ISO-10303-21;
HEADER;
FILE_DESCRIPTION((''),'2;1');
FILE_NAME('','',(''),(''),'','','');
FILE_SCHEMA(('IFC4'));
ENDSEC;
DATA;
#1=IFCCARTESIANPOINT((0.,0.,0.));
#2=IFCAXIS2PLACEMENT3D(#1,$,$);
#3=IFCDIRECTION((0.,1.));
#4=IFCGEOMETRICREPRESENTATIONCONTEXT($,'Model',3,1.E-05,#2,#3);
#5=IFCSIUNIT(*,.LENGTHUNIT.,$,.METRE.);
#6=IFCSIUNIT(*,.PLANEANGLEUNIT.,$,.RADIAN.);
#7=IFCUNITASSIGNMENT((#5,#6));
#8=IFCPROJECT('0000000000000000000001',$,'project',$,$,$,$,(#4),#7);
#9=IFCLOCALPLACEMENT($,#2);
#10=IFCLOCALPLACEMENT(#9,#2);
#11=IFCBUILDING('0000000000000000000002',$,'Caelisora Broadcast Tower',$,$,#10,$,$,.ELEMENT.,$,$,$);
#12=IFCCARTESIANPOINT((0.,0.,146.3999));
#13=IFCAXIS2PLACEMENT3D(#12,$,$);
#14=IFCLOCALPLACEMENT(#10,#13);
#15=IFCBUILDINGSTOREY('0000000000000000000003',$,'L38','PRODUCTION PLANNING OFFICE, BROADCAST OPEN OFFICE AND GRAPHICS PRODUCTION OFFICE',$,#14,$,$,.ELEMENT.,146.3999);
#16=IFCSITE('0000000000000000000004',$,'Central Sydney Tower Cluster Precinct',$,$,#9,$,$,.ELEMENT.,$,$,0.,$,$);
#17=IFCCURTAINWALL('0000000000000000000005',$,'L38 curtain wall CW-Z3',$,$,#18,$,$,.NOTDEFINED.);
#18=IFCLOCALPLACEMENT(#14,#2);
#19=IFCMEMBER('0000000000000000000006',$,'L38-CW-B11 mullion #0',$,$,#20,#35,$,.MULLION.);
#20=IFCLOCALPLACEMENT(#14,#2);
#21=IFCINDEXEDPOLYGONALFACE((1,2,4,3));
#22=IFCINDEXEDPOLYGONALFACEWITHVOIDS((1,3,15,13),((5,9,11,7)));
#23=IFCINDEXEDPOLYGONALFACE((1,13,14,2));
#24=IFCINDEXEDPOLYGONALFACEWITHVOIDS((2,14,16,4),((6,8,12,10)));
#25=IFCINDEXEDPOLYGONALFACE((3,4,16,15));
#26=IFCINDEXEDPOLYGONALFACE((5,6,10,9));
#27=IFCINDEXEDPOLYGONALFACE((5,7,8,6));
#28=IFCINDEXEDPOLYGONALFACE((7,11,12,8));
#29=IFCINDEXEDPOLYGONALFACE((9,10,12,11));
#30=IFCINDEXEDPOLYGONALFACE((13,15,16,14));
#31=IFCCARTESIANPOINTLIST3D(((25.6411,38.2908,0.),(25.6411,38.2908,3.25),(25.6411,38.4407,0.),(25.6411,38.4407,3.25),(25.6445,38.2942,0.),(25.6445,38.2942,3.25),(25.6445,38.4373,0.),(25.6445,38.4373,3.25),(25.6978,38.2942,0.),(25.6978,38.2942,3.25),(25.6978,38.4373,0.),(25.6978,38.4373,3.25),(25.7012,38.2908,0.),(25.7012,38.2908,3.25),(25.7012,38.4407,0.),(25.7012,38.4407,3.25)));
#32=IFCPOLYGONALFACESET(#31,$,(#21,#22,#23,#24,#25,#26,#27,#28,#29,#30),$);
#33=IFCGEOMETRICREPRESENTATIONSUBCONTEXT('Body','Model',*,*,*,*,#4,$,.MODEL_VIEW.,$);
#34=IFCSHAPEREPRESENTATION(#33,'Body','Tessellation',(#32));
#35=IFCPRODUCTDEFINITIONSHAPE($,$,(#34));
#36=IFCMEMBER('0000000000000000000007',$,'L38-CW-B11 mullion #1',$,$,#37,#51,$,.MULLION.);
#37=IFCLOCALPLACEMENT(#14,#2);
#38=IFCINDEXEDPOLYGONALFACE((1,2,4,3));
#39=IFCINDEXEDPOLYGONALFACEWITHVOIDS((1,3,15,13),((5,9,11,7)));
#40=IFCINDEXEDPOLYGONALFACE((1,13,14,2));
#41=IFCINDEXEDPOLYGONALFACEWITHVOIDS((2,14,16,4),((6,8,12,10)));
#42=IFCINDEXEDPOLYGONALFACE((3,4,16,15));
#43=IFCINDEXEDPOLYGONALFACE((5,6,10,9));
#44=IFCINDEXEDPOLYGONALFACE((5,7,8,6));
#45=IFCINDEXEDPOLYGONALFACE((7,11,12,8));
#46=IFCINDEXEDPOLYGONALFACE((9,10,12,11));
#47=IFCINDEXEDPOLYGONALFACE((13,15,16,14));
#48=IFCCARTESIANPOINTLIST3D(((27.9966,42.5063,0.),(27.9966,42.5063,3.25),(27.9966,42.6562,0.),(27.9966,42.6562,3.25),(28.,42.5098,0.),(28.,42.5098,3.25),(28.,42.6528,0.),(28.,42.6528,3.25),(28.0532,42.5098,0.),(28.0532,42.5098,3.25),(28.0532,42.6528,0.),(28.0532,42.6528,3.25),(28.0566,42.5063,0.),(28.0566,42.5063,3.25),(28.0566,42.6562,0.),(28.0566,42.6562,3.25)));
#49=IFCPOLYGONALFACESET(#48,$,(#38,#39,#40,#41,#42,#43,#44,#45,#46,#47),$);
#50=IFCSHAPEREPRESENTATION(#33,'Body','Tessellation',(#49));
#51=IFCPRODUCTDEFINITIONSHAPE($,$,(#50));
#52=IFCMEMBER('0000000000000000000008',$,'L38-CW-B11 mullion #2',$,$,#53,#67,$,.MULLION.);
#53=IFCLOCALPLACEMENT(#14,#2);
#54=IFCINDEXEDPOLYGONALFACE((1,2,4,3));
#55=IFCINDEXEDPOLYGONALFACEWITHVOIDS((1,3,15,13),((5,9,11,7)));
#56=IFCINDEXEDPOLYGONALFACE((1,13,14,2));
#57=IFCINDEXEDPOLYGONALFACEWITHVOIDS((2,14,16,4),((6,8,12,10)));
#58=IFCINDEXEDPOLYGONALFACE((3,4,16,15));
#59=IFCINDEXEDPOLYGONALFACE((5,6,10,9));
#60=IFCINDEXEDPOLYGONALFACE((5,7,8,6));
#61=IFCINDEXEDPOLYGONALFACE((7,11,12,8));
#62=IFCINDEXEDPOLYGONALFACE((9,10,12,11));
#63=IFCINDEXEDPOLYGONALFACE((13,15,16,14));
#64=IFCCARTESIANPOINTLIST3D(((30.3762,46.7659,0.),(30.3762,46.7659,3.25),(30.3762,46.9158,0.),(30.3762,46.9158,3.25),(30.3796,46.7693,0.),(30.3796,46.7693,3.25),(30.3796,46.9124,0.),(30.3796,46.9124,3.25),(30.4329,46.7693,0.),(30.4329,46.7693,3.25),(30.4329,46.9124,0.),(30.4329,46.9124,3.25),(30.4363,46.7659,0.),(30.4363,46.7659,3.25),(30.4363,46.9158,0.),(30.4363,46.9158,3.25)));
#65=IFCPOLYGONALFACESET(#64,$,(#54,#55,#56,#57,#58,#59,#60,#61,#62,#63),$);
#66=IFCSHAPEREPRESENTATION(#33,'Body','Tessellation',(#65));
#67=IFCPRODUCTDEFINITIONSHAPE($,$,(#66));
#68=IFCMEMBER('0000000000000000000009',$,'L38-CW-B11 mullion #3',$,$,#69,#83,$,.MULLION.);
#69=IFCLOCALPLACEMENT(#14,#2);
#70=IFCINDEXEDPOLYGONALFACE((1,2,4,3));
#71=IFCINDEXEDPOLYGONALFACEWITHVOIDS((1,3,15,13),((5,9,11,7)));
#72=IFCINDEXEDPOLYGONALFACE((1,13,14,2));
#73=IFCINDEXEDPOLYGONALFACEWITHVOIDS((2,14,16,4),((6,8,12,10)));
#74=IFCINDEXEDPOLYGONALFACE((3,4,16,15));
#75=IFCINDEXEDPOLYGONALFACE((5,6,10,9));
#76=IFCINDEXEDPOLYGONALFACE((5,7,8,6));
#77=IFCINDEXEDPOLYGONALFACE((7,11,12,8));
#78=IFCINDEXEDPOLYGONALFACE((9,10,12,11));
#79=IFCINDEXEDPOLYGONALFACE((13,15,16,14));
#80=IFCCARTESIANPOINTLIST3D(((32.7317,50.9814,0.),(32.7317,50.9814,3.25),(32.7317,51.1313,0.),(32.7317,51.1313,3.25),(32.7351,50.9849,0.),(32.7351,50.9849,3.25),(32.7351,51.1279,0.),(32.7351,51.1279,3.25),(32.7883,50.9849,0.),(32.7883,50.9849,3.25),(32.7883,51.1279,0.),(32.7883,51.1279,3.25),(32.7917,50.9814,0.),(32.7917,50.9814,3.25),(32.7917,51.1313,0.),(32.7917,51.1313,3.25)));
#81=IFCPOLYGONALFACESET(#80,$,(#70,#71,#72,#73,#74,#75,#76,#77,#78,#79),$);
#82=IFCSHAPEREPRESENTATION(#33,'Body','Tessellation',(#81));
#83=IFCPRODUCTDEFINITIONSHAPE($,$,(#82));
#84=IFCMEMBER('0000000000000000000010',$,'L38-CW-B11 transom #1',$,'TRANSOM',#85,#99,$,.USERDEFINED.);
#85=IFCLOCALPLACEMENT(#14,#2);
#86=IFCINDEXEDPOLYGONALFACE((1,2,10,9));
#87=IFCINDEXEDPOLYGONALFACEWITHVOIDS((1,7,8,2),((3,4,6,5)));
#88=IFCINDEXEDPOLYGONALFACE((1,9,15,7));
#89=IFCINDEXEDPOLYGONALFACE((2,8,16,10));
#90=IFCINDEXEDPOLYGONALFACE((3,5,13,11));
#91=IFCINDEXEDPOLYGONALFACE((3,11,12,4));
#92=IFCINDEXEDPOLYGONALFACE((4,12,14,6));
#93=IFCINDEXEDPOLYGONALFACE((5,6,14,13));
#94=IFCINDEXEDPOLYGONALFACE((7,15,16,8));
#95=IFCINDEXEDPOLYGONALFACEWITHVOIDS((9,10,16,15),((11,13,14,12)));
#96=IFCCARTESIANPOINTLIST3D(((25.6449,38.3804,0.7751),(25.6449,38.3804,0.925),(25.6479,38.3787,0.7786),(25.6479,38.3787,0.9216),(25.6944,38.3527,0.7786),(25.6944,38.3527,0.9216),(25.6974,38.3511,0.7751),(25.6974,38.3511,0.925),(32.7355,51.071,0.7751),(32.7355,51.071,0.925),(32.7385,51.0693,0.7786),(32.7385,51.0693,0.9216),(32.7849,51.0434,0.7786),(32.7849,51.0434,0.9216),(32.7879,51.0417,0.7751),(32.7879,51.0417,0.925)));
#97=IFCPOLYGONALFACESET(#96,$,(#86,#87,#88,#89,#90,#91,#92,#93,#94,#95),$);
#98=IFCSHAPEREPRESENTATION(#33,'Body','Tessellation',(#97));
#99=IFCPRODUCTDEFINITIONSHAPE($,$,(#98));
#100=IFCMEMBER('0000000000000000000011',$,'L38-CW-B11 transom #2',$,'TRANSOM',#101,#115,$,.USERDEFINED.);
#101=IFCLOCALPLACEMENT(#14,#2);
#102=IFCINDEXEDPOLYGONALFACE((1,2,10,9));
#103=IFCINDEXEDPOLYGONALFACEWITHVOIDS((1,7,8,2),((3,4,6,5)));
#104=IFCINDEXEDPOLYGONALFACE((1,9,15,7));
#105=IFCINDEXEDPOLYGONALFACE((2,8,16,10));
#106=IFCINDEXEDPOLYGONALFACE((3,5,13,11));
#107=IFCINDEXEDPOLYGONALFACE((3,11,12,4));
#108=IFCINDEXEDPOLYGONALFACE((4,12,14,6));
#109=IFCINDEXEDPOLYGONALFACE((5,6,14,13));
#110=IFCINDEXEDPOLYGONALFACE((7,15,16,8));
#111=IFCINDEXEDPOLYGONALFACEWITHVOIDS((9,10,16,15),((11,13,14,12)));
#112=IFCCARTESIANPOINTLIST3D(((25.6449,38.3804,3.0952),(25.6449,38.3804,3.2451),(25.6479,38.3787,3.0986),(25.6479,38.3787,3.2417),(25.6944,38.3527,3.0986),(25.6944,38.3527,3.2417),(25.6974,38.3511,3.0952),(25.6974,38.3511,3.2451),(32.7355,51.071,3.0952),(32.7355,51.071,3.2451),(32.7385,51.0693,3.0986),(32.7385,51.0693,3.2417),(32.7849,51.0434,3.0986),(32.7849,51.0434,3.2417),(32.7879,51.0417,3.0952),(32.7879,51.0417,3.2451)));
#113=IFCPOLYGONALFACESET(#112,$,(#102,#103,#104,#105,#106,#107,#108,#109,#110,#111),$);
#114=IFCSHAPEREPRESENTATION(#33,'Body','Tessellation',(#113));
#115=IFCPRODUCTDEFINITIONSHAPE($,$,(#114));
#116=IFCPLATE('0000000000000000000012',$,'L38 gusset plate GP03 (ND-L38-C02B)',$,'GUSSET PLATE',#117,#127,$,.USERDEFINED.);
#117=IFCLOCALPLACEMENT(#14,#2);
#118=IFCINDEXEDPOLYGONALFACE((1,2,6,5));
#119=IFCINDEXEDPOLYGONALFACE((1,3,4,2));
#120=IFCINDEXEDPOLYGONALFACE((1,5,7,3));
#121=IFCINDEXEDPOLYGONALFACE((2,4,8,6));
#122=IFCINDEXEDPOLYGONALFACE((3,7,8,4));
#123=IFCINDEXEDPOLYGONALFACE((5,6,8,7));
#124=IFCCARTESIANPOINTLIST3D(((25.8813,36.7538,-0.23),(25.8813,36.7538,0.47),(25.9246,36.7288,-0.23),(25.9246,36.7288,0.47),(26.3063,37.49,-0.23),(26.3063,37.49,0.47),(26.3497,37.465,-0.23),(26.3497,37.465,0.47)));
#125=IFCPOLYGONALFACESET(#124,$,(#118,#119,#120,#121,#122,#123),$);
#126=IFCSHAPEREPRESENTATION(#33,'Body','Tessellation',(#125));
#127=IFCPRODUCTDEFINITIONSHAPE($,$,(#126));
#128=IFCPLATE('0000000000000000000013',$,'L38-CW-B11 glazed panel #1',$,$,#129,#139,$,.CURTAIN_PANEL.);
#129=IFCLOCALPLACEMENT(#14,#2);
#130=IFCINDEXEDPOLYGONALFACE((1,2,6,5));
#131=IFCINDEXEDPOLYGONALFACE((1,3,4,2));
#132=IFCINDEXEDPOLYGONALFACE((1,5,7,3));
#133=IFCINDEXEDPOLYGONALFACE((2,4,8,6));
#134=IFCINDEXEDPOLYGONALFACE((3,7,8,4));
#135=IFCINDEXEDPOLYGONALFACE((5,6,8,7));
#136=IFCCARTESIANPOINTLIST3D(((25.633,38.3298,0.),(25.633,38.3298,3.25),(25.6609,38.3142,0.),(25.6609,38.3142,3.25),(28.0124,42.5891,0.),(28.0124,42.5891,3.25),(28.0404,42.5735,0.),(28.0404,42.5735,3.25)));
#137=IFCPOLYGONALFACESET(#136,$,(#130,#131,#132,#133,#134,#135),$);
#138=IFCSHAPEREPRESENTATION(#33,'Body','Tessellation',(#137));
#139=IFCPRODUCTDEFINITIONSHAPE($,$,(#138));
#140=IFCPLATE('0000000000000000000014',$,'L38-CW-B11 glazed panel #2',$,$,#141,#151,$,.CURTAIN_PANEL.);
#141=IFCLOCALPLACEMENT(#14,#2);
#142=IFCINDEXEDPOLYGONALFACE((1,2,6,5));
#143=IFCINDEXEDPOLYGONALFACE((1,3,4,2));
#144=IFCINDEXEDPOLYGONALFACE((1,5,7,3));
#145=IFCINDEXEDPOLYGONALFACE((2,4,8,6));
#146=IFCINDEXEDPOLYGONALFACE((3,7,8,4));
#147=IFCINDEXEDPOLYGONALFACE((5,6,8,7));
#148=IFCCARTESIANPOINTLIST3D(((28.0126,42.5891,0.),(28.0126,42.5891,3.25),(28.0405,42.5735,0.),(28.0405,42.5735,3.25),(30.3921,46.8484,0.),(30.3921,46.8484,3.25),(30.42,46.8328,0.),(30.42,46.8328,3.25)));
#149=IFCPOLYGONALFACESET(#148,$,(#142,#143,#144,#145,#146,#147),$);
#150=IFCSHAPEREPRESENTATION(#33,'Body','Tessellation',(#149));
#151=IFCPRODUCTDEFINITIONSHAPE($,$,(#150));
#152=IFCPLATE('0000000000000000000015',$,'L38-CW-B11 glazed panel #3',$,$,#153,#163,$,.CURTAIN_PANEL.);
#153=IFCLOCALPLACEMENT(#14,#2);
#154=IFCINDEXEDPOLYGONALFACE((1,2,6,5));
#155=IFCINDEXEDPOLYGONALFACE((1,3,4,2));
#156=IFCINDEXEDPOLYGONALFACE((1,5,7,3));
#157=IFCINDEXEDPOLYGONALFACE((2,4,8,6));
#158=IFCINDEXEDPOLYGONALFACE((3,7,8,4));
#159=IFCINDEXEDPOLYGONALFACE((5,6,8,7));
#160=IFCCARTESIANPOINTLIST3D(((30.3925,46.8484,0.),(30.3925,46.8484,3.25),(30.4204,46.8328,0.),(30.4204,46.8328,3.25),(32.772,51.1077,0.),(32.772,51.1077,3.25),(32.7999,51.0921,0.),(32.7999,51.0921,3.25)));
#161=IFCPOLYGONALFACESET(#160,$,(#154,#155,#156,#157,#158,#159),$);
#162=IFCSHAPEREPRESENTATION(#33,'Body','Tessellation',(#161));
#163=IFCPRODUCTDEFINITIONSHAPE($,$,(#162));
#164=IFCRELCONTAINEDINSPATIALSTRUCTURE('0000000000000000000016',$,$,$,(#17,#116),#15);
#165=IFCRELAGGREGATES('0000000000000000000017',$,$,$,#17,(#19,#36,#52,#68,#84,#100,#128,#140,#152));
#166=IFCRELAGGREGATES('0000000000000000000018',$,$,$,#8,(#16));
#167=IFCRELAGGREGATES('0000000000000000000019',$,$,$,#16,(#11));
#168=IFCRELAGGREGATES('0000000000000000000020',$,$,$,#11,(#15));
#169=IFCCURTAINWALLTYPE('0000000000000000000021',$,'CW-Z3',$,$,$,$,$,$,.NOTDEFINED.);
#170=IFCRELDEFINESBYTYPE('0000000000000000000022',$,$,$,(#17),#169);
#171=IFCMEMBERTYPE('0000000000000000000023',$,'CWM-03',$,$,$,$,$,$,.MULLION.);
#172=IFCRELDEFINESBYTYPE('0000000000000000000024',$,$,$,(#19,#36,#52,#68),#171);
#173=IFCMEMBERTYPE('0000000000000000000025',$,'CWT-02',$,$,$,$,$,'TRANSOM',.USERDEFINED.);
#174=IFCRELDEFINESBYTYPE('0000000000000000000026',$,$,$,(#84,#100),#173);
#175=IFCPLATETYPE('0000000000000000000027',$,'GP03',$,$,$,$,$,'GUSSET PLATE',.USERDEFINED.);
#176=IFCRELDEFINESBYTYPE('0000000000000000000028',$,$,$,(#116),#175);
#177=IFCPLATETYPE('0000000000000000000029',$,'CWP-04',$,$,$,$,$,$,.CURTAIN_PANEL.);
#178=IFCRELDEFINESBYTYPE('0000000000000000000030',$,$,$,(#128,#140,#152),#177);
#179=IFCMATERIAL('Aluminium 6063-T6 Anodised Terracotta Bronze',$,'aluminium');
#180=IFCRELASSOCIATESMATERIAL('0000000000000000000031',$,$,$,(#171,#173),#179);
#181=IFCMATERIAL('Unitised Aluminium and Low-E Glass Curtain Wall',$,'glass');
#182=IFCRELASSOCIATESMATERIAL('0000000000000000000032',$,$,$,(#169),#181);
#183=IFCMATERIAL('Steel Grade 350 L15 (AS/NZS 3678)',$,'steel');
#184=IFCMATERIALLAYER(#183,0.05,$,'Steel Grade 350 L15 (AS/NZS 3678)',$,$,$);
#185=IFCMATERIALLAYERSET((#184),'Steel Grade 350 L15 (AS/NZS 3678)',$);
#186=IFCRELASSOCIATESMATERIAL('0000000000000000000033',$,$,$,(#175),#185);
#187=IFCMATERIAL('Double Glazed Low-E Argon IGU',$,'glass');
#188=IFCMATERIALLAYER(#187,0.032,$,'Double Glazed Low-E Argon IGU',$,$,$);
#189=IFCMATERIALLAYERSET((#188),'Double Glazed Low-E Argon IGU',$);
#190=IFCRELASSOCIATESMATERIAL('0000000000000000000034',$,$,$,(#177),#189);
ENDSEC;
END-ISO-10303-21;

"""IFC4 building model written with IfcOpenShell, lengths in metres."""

from ifc_helpers import new_model, si_unit, direction, frame, origin, origin_2d, place, context, subcontext, project, spatial, rectangle, hollow_rectangle, extrude, source, transform, mapped, material, layer, layer_set, material_profile, profile_set, type_object, type_shapes, element, aggregate, save


model = new_model("IFC4")

# Units and contexts
model_context = context("Model", 3, precision=1e-05, world=origin(), true_north=direction((0.0, 1.0)))
body_context = subcontext(model_context, "Body", "Model", "MODEL_VIEW")
ifc_project = project(units=[si_unit("LENGTHUNIT", "METRE"), si_unit("PLANEANGLEUNIT", "RADIAN")], contexts=[model_context])

# Site, building, storey
site_placement = place(None, origin())
site = spatial("IfcSite", under=ifc_project, at=site_placement, Name="Central Sydney Tower Cluster Precinct", CompositionType="ELEMENT", RefElevation=0.0)
building_placement = place(site_placement, origin())
building = spatial("IfcBuilding", under=site, at=building_placement, Name="Caelisora Broadcast Tower", CompositionType="ELEMENT")
storey_placement = place(building_placement, frame((0.0, 0.0, 146.3999)))
storey = spatial("IfcBuildingStorey", under=building, at=storey_placement, Name="L38", Description="PRODUCTION PLANNING OFFICE, BROADCAST OPEN OFFICE AND GRAPHICS PRODUCTION OFFICE", CompositionType="ELEMENT", Elevation=146.3999)

# Shared definitions
ifc_material_1 = material(Name="Steel Grade 350 L15 (AS/NZS 3678)", Category="steel")

# Shared definitions
ifc_material_2 = material(Name="Aluminium 6063-T6 Anodised Terracotta Bronze", Category="aluminium")
ifc_material_profile_1 = material_profile(ifc_material_2, hollow_rectangle(XDim=0.0601, YDim=0.1499, WallThickness=0.0034, at=origin_2d()), Name="Aluminium 6063-T6 Anodised Terracotta Bronze")
ifc_profile_set_1 = profile_set([ifc_material_profile_1], Name="Aluminium 6063-T6 Anodised Terracotta Bronze")
member_type_1 = type_object("IfcMemberType", Name="CWM-03", PredefinedType="MULLION", material=ifc_profile_set_1)
shared_shape_1 = source(origin(), body_context, "Body", "SweptSolid", [
    extrude(hollow_rectangle(XDim=0.0601, YDim=0.1499, WallThickness=0.0034, at=origin_2d()), origin(), (0.0, 0.0, 1.0), 3.25),
])
type_shapes(member_type_1, [shared_shape_1])

# Curtain wall, members
ifc_material_3 = material(Name="Unitised Aluminium and Low-E Glass Curtain Wall", Category="glass")
curtain_wall_type_1 = type_object("IfcCurtainWallType", Name="CW-Z3", PredefinedType="NOTDEFINED", material=ifc_material_3)
curtain_wall_1_placement = place(storey_placement, origin())
curtain_wall_1 = element("IfcCurtainWall", 1, at=curtain_wall_1_placement, inside=storey, type_object=curtain_wall_type_1, Name="L38 curtain wall CW-Z3", PredefinedType="NOTDEFINED")
member_1_placement = place(storey_placement, frame((25.6711, 38.3657, 0.0), z_axis=(0.0, 0.0, 1.0), x_axis=(1.0, 0.0, 0.0)))
member_1 = element("IfcMember", 2, at=member_1_placement, type_object=member_type_1, Name="L38-CW-B11 mullion #0", PredefinedType="MULLION", context=body_context, shape_type="MappedRepresentation", body=[
    mapped(shared_shape_1, transform((0.0, 0.0, 0.0), scale=1.0)),
])
member_2_placement = place(storey_placement, frame((28.0266, 42.5813, 0.0), z_axis=(0.0, 0.0, 1.0), x_axis=(1.0, 0.0, 0.0)))
member_2 = element("IfcMember", 3, at=member_2_placement, type_object=member_type_1, Name="L38-CW-B11 mullion #1", PredefinedType="MULLION", context=body_context, shape_type="MappedRepresentation", body=[
    mapped(shared_shape_1, transform((0.0, 0.0, 0.0), scale=1.0)),
])
member_3_placement = place(storey_placement, frame((30.4062, 46.8408, 0.0), z_axis=(0.0, 0.0, 1.0), x_axis=(1.0, 0.0, 0.0)))
member_3 = element("IfcMember", 4, at=member_3_placement, type_object=member_type_1, Name="L38-CW-B11 mullion #2", PredefinedType="MULLION", context=body_context, shape_type="MappedRepresentation", body=[
    mapped(shared_shape_1, transform((0.0, 0.0, 0.0), scale=1.0)),
])
member_4_placement = place(storey_placement, frame((32.7617, 51.0564, 0.0), z_axis=(0.0, 0.0, 1.0), x_axis=(1.0, 0.0, 0.0)))
member_4 = element("IfcMember", 5, at=member_4_placement, type_object=member_type_1, Name="L38-CW-B11 mullion #3", PredefinedType="MULLION", context=body_context, shape_type="MappedRepresentation", body=[
    mapped(shared_shape_1, transform((0.0, 0.0, 0.0), scale=1.0)),
])
ifc_material_profile_2 = material_profile(ifc_material_2, hollow_rectangle(XDim=0.0601, YDim=0.1499, WallThickness=0.0034, at=origin_2d()), Name="Aluminium 6063-T6 Anodised Terracotta Bronze")
ifc_profile_set_2 = profile_set([ifc_material_profile_2], Name="Aluminium 6063-T6 Anodised Terracotta Bronze")
member_type_2 = type_object("IfcMemberType", Name="CWT-02", ElementType="TRANSOM", PredefinedType="USERDEFINED", material=ifc_profile_set_2)
shared_shape_2 = source(origin(), body_context, "Body", "SweptSolid", [
    extrude(hollow_rectangle(XDim=0.0601, YDim=0.1499, WallThickness=0.0034, at=origin_2d()), origin(), (0.0, 0.0, 1.0), 14.5371),
])
type_shapes(member_type_2, [shared_shape_2])
member_5_placement = place(storey_placement, frame((25.6711, 38.3657, 0.8501), z_axis=(0.487755, 0.872981, 0.0), x_axis=(-0.872981, 0.487755, 0.0)))
member_5 = element("IfcMember", 6, at=member_5_placement, type_object=member_type_2, Name="L38-CW-B11 transom #1", ObjectType="TRANSOM", PredefinedType="USERDEFINED", context=body_context, shape_type="MappedRepresentation", body=[
    mapped(shared_shape_2, transform((0.0, 0.0, 0.0), scale=1.0)),
])
member_6_placement = place(storey_placement, frame((25.6711, 38.3657, 3.1702), z_axis=(0.487755, 0.872981, 0.0), x_axis=(-0.872981, 0.487755, 0.0)))
member_6 = element("IfcMember", 7, at=member_6_placement, type_object=member_type_2, Name="L38-CW-B11 transom #2", ObjectType="TRANSOM", PredefinedType="USERDEFINED", context=body_context, shape_type="MappedRepresentation", body=[
    mapped(shared_shape_2, transform((0.0, 0.0, 0.0), scale=1.0)),
])

# Plates
ifc_layer_1 = layer(ifc_material_1, 0.05, Name="Steel Grade 350 L15 (AS/NZS 3678)")
ifc_layer_set_1 = layer_set([ifc_layer_1], Name="Steel Grade 350 L15 (AS/NZS 3678)")
plate_type_1 = type_object("IfcPlateType", Name="GP03", ElementType="GUSSET PLATE", PredefinedType="USERDEFINED", material=ifc_layer_set_1)
shared_shape_3 = source(origin(), body_context, "Body", "SweptSolid", [
    extrude(rectangle(XDim=0.8501, YDim=0.05, at=origin_2d()), origin(), (0.0, 0.0, 1.0), 0.7),
])
type_shapes(plate_type_1, [shared_shape_3])
plate_1_placement = place(storey_placement, frame((26.1155, 37.1094, -0.23), z_axis=(0.0, 0.0, 1.0), x_axis=(-0.5, -0.866025, 0.0)))
element("IfcPlate", 8, at=plate_1_placement, inside=storey, type_object=plate_type_1, Name="L38 gusset plate GP03 (ND-L38-C02B)", ObjectType="GUSSET PLATE", PredefinedType="USERDEFINED", context=body_context, shape_type="MappedRepresentation", body=[
    mapped(shared_shape_3, transform((0.0, 0.0, 0.0), scale=1.0)),
])
ifc_material_4 = material(Name="Double Glazed Low-E Argon IGU", Category="glass")
ifc_layer_2 = layer(ifc_material_4, 0.032, Name="Double Glazed Low-E Argon IGU")
ifc_layer_set_2 = layer_set([ifc_layer_2], Name="Double Glazed Low-E Argon IGU")
plate_type_2 = type_object("IfcPlateType", Name="CWP-04", PredefinedType="CURTAIN_PANEL", material=ifc_layer_set_2)
shared_shape_4 = source(origin(), body_context, "Body", "SweptSolid", [
    extrude(rectangle(XDim=4.8789, YDim=0.032, at=origin_2d()), origin(), (0.0, 0.0, 1.0), 3.25),
])
type_shapes(plate_type_2, [shared_shape_4])
plate_2_placement = place(storey_placement, frame((26.8367, 40.4517, 0.0), z_axis=(0.0, 0.0, 1.0), x_axis=(0.487707, 0.873007, 0.0)))
plate_2 = element("IfcPlate", 9, at=plate_2_placement, type_object=plate_type_2, Name="L38-CW-B11 glazed panel #1", PredefinedType="CURTAIN_PANEL", context=body_context, shape_type="MappedRepresentation", body=[
    mapped(shared_shape_4, transform((0.0, 0.0, 0.0), scale=1.0)),
])
plate_3_placement = place(storey_placement, frame((29.2163, 44.7109, 0.0), z_axis=(0.0, 0.0, 1.0), x_axis=(0.487707, 0.873007, 0.0)))
plate_3 = element("IfcPlate", 10, at=plate_3_placement, type_object=plate_type_2, Name="L38-CW-B11 glazed panel #2", PredefinedType="CURTAIN_PANEL", context=body_context, shape_type="MappedRepresentation", body=[
    mapped(shared_shape_4, transform((0.0, 0.0, 0.0), scale=1.0)),
])
plate_4_placement = place(storey_placement, frame((31.5962, 48.9702, 0.0), z_axis=(0.0, 0.0, 1.0), x_axis=(0.487707, 0.873007, 0.0)))
plate_4 = element("IfcPlate", 11, at=plate_4_placement, type_object=plate_type_2, Name="L38-CW-B11 glazed panel #3", PredefinedType="CURTAIN_PANEL", context=body_context, shape_type="MappedRepresentation", body=[
    mapped(shared_shape_4, transform((0.0, 0.0, 0.0), scale=1.0)),
])
aggregate(curtain_wall_1, [member_1, member_2, member_3, member_4, member_5, member_6, plate_2, plate_3, plate_4])

save(model, "model.ifc")
